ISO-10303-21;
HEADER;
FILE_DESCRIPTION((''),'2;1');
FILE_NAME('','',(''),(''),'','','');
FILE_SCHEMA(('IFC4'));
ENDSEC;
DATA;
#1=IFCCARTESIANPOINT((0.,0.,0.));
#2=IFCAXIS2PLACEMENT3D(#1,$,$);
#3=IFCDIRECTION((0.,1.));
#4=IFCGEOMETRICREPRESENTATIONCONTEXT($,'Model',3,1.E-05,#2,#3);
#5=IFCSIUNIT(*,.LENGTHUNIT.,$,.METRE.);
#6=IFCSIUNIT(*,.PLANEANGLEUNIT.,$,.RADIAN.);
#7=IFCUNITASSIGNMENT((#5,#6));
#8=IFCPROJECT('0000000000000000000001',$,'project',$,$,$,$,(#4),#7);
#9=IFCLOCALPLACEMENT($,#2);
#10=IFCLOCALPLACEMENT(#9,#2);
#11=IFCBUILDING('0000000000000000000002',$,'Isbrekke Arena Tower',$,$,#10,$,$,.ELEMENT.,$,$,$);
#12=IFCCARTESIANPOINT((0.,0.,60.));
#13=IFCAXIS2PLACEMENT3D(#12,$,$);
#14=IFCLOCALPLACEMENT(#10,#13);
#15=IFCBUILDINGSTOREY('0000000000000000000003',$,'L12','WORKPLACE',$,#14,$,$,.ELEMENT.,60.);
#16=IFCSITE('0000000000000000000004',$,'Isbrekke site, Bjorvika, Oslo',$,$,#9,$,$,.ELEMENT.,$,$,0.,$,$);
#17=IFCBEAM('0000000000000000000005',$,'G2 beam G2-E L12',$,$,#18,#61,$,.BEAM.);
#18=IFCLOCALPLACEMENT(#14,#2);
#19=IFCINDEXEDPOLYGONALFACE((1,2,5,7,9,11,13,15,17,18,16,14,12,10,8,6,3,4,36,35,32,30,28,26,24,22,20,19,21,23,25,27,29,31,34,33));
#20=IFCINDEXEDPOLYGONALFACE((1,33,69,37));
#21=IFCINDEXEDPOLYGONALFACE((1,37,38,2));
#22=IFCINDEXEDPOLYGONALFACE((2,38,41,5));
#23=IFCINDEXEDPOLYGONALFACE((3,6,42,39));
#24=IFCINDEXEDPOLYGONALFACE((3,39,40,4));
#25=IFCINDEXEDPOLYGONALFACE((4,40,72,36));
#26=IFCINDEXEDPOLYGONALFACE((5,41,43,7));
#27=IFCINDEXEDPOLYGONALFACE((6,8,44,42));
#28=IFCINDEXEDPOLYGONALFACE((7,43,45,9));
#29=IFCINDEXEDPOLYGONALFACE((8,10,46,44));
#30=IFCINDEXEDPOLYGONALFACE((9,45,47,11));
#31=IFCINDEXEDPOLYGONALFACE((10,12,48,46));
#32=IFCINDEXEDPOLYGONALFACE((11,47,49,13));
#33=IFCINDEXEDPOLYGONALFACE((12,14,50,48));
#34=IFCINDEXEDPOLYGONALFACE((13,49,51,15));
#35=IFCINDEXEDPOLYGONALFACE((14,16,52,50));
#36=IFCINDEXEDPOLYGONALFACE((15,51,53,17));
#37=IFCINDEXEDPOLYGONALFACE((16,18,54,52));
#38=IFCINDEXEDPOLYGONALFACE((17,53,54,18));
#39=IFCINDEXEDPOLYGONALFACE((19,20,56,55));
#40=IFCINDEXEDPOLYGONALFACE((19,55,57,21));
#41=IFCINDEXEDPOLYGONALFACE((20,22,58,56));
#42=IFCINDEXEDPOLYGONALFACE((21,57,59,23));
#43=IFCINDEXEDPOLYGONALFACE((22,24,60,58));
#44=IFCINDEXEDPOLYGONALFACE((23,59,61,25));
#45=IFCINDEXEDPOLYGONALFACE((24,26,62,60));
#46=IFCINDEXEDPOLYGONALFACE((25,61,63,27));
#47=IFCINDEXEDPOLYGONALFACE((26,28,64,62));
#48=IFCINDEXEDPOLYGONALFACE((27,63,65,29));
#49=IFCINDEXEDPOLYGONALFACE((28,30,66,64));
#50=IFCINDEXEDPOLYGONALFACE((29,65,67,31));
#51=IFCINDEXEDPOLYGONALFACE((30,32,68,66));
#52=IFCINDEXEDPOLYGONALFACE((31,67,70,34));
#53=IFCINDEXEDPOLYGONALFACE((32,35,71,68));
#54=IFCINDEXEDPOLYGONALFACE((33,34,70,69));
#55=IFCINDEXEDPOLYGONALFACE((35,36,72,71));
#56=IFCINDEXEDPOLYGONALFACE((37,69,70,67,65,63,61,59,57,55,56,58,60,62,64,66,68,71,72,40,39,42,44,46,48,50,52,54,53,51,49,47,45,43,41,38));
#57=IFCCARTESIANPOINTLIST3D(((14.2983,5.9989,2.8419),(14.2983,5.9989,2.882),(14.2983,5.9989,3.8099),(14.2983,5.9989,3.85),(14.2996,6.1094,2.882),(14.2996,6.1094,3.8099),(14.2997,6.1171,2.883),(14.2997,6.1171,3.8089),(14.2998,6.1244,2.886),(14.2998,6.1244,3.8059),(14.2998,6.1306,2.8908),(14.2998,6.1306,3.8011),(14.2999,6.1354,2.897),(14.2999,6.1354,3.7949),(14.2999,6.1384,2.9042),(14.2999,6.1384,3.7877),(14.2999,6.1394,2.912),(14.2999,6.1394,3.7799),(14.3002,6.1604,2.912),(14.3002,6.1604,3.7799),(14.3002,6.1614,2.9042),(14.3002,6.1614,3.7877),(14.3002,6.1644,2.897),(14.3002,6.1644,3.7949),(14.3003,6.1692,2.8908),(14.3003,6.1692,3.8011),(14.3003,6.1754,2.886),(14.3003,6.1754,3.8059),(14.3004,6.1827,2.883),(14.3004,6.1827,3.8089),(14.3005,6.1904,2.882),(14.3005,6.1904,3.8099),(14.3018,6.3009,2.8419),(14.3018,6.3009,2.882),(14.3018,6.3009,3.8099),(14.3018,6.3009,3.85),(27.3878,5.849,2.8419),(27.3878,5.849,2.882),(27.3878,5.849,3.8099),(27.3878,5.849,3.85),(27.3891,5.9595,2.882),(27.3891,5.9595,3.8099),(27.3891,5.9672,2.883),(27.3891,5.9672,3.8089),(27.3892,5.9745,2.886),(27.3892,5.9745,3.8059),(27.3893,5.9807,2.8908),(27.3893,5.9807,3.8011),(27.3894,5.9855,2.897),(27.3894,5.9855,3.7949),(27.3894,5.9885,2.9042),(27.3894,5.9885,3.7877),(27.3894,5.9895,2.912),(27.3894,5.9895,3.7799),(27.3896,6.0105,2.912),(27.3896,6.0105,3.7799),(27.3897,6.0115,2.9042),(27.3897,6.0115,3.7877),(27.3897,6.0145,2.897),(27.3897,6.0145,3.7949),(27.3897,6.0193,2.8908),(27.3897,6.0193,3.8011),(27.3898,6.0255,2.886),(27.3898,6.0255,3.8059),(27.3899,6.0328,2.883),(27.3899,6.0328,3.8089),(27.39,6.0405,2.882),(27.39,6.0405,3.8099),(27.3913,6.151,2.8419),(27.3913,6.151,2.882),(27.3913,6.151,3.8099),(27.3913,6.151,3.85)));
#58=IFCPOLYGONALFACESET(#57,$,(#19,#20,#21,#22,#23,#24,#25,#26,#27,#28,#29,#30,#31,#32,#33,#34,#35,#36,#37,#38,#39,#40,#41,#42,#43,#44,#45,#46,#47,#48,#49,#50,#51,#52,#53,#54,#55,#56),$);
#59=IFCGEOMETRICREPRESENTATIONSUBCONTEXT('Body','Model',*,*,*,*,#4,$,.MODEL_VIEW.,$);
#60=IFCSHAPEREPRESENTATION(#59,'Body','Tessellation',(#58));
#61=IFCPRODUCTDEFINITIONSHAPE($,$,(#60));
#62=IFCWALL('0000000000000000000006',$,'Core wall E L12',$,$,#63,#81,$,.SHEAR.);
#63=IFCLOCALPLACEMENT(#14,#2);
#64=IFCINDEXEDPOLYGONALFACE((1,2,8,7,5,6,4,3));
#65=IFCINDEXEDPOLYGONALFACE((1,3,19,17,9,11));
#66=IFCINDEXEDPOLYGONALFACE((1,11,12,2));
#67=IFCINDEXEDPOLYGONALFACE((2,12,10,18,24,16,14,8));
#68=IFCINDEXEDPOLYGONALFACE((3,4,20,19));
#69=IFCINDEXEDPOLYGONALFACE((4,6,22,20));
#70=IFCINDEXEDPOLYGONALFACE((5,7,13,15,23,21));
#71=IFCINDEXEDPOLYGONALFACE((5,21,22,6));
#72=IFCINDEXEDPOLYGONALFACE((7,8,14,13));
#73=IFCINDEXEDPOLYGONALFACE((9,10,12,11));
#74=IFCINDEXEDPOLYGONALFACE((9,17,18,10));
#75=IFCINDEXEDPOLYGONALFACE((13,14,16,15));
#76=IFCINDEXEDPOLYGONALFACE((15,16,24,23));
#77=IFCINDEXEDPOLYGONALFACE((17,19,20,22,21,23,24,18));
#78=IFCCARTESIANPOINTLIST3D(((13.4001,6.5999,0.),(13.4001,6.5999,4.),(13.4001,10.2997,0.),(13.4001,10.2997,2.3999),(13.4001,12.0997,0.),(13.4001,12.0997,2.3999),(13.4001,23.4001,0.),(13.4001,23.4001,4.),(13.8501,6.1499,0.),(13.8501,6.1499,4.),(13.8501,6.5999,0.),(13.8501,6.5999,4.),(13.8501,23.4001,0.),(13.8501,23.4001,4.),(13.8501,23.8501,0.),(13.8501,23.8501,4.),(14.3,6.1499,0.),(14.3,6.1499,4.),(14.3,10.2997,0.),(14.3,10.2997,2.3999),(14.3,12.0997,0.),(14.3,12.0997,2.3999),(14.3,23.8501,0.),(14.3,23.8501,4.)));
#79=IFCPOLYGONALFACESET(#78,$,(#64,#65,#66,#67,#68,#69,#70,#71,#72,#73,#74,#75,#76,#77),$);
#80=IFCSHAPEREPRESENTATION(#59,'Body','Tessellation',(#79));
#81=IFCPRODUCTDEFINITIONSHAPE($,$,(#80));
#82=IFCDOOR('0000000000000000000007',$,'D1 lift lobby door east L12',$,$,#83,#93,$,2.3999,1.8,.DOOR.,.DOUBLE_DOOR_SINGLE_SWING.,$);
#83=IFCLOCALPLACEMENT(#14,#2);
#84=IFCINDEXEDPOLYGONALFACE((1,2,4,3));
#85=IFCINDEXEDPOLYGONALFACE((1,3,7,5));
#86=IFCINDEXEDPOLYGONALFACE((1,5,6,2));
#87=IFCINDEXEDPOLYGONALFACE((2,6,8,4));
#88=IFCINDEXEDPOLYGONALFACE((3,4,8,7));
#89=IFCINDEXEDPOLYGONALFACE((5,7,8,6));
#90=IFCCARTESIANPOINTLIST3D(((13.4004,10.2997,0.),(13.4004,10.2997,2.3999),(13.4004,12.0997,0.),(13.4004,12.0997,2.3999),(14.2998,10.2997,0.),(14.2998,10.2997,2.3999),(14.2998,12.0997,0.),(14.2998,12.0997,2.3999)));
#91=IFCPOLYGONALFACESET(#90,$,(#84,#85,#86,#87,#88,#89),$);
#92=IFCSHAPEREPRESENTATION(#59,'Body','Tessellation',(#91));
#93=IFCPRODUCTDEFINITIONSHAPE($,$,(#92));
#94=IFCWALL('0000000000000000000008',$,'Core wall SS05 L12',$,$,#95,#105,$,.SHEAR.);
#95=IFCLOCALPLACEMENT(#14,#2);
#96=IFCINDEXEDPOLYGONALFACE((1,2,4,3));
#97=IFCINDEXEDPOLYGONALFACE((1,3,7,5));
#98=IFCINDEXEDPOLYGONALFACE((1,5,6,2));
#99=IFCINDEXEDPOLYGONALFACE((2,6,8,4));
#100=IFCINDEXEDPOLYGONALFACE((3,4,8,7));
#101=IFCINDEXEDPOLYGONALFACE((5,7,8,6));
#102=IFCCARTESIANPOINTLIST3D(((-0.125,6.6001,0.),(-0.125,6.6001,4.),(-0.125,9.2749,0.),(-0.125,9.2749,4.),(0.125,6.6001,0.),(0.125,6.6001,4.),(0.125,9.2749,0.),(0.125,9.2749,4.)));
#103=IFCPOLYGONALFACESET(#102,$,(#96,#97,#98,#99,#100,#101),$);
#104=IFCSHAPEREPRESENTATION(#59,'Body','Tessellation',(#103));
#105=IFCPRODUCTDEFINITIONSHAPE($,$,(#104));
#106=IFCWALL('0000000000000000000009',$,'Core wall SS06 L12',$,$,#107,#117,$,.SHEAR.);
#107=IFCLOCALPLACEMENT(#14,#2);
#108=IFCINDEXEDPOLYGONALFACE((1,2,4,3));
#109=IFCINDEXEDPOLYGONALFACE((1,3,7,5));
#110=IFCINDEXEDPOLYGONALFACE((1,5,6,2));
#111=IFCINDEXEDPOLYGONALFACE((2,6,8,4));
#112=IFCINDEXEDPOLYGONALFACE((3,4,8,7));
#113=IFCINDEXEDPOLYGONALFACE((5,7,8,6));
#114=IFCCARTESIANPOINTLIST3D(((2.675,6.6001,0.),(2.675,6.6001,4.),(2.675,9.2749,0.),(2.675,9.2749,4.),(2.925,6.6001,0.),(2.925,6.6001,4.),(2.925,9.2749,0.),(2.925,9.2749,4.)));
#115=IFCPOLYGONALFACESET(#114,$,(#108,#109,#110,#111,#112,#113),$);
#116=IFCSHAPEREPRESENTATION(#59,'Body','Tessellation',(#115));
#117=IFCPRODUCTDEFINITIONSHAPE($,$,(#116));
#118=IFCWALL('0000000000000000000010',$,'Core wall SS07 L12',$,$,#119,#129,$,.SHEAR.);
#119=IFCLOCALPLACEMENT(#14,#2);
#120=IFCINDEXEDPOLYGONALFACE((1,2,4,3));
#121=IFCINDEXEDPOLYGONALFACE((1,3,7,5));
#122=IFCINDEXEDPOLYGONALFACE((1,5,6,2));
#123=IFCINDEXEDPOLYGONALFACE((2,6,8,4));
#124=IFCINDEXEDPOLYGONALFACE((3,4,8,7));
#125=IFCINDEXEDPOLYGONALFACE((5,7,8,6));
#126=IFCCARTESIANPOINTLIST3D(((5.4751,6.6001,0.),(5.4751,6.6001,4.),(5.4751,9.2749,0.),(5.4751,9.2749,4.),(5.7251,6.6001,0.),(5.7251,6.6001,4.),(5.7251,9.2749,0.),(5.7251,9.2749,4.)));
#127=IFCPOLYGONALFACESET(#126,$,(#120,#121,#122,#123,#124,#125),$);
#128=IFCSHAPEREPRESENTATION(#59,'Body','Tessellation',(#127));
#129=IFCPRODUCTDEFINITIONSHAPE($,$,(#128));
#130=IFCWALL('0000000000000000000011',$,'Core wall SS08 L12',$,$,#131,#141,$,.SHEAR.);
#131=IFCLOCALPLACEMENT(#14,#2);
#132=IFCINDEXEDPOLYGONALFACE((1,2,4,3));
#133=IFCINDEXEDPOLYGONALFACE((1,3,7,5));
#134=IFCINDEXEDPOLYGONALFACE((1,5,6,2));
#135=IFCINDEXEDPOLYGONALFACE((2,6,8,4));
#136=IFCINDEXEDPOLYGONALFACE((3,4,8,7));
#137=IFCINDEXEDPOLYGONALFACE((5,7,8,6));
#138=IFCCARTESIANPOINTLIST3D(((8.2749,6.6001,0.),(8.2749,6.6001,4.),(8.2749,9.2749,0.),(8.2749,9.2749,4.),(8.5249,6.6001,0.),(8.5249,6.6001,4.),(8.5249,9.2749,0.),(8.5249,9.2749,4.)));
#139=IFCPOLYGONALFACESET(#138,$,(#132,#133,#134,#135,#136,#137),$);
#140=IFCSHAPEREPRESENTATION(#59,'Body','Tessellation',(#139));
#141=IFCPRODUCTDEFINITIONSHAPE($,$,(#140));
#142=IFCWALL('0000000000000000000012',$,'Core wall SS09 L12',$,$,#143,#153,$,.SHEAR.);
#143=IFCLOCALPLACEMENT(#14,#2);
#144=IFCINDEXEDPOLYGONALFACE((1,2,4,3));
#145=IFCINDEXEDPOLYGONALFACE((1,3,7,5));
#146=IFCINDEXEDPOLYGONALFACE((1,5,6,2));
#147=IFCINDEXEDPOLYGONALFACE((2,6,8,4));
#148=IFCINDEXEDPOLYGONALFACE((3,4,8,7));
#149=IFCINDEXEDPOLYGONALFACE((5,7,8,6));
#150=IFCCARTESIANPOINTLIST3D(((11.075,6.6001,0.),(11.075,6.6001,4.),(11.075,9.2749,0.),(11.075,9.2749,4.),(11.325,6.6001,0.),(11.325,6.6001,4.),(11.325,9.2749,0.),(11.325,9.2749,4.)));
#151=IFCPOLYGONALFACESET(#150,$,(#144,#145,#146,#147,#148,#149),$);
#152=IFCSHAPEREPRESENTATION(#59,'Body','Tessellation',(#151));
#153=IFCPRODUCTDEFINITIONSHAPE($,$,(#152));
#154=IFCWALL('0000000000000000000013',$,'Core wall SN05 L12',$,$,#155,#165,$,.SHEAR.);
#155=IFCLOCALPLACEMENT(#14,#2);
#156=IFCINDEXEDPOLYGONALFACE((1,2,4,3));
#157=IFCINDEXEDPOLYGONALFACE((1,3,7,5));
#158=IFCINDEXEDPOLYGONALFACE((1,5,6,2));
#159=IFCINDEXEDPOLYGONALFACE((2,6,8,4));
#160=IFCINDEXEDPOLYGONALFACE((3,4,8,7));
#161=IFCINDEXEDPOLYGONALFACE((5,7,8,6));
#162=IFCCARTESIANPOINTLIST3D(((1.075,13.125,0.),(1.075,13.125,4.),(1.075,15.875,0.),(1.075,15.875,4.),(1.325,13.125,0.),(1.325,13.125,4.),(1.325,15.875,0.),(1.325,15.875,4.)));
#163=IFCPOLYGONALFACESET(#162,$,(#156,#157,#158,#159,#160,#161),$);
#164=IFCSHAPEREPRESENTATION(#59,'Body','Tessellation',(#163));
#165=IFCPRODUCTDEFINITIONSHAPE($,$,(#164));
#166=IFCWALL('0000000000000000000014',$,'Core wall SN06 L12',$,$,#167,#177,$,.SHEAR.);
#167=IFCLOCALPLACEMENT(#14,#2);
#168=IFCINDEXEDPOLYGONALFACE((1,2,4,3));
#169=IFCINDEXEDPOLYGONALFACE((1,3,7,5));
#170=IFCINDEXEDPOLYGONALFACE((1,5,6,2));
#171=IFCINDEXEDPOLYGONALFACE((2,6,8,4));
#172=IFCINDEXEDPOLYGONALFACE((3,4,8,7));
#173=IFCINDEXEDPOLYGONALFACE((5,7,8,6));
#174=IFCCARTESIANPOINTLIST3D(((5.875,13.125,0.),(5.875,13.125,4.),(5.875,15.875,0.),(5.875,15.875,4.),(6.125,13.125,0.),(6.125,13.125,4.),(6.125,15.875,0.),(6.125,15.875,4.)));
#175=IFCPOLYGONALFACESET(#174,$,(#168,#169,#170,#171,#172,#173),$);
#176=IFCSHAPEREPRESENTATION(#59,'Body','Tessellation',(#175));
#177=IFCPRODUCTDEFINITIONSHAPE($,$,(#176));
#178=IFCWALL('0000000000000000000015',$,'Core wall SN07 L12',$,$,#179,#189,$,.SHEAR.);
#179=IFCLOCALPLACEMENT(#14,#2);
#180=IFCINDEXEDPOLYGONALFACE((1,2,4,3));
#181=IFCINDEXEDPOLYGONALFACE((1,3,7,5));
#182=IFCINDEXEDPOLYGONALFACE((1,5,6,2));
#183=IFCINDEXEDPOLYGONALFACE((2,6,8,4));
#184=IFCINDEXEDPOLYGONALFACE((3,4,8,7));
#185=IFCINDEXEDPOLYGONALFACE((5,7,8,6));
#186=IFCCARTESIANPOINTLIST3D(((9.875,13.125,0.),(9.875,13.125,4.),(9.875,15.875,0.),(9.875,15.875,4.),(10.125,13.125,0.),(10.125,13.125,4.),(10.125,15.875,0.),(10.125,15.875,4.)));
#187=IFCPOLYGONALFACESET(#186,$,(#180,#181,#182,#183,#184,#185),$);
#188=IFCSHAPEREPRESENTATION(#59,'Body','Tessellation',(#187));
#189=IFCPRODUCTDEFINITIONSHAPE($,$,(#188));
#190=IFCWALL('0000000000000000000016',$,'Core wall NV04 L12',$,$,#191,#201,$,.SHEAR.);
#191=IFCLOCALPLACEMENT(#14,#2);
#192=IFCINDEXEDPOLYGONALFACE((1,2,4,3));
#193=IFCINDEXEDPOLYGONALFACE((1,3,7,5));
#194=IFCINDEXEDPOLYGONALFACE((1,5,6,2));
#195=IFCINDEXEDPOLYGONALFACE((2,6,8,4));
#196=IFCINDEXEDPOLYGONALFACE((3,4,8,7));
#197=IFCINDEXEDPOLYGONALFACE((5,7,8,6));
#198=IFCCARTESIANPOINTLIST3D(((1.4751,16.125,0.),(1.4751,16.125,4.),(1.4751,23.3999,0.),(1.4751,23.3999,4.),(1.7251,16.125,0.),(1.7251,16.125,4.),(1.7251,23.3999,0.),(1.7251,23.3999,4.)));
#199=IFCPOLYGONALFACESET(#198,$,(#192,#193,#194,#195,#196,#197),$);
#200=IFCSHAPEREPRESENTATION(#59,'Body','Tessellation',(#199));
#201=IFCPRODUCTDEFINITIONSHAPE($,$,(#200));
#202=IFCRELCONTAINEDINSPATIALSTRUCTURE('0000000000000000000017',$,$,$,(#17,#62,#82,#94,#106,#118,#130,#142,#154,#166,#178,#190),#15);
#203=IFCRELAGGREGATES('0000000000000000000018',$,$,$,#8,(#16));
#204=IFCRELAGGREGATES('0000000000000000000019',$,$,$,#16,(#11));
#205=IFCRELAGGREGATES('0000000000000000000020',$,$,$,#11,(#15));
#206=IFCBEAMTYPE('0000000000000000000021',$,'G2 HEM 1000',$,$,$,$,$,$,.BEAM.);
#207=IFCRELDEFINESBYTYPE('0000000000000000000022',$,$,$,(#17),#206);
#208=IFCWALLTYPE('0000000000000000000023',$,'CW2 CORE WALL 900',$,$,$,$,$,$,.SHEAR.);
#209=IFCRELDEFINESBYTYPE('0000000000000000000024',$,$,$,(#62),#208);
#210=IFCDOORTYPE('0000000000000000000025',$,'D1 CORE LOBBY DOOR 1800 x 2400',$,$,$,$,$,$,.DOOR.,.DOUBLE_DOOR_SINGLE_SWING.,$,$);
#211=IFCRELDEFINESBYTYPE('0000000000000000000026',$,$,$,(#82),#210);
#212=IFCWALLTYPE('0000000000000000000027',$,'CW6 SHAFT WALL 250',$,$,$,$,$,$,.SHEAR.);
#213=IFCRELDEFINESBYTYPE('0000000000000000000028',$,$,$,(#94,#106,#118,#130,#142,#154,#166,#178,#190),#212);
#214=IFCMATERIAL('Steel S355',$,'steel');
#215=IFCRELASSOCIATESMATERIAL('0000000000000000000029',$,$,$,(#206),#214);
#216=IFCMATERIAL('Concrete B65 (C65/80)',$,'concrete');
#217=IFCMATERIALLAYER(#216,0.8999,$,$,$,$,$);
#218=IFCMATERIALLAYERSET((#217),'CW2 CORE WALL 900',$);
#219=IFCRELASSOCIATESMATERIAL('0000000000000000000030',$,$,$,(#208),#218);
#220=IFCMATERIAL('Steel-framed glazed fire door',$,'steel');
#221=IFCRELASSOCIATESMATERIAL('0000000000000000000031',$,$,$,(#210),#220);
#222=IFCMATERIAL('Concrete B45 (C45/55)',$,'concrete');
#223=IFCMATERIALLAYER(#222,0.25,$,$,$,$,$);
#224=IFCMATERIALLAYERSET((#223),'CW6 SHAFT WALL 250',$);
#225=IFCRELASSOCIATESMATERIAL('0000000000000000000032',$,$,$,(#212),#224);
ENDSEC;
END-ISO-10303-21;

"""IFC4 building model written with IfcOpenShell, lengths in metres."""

from ifc_helpers import new_model, si_unit, direction, frame, frame_2d, origin, origin_2d, place, context, subcontext, project, spatial, polyline, rectangle, i_section, outline, extrude, material, layer, layer_set, material_profile, profile_set, type_object, element, fill, save


model = new_model("IFC4")

# Units and contexts
model_context = context("Model", 3, precision=1e-05, world=origin(), true_north=direction((0.0, 1.0)))
body_context = subcontext(model_context, "Body", "Model", "MODEL_VIEW")
ifc_project = project(units=[si_unit("LENGTHUNIT", "METRE"), si_unit("PLANEANGLEUNIT", "RADIAN")], contexts=[model_context])

# Site, building, storey
site_placement = place(None, origin())
site = spatial("IfcSite", under=ifc_project, at=site_placement, Name="Isbrekke site, Bjorvika, Oslo", CompositionType="ELEMENT", RefElevation=0.0)
building_placement = place(site_placement, origin())
building = spatial("IfcBuilding", under=site, at=building_placement, Name="Isbrekke Arena Tower", CompositionType="ELEMENT")
storey_placement = place(building_placement, frame((0.0, 0.0, 60.0)))
storey = spatial("IfcBuildingStorey", under=building, at=storey_placement, Name="L12", Description="WORKPLACE", CompositionType="ELEMENT", Elevation=60.0)

# Beam
ifc_material_1 = material(Name="Steel S355", Category="steel")
ifc_material_profile = material_profile(ifc_material_1, i_section(OverallWidth=0.302, OverallDepth=1.0081, WebThickness=0.021, FlangeThickness=0.04, FilletRadius=0.03, at=origin_2d()), Name="HEM 1000")
ifc_profile_set = profile_set([ifc_material_profile], Name="Steel S355")
beam_type = type_object("IfcBeamType", Name="G2 HEM 1000", PredefinedType="BEAM", material=ifc_profile_set)
beam_placement = place(storey_placement, frame((14.3, 6.1499, 3.3459), z_axis=(0.999934, -0.011451, 0.0), x_axis=(0.011451, 0.999934, 0.0)))
element("IfcBeam", 1, at=beam_placement, inside=storey, type_object=beam_type, Name="G2 beam G2-E L12", PredefinedType="BEAM", context=body_context, shape_type="SweptSolid", body=[
    extrude(i_section(OverallWidth=0.302, OverallDepth=1.0081, WebThickness=0.021, FlangeThickness=0.04, FilletRadius=0.03, at=origin_2d()), origin(), (0.0, 0.0, 1.0), 13.0903),
])

# Wall, opening, door
ifc_material_2 = material(Name="Concrete B65 (C65/80)", Category="concrete")
ifc_layer_1 = layer(ifc_material_2, 0.8999)
ifc_layer_set_1 = layer_set([ifc_layer_1], Name="CW2 CORE WALL 900")
wall_type_1 = type_object("IfcWallType", Name="CW2 CORE WALL 900", PredefinedType="SHEAR", material=ifc_layer_set_1)
wall_1_placement = place(storey_placement, frame((13.8501, 6.1499, 0.0), z_axis=(0.0, 0.0, 1.0), x_axis=(0.0, 1.0, 0.0)))
wall_1 = element("IfcWall", 2, at=wall_1_placement, inside=storey, type_object=wall_type_1, Name="Core wall E L12", PredefinedType="SHEAR", context=body_context, shape_type="SweptSolid", body=[
    extrude(outline(polyline([(0.0, -0.45), (17.7002, -0.45), (17.7002, 0.0), (17.2502, 0.0), (17.2502, 0.45), (0.45, 0.45), (0.45, 0.0), (0.0, 0.0), (0.0, -0.45)])), origin(), (0.0, 0.0, 1.0), 4.0),
])
opening_1_placement = place(wall_1_placement, frame((4.1499, 0.0, 0.0)))
opening_1 = element("IfcOpeningElement", 3, at=opening_1_placement, cuts=wall_1, PredefinedType="OPENING", context=body_context, shape_type="SweptSolid", body=[
    extrude(rectangle(XDim=1.8, YDim=2.3999, at=frame_2d((0.8999, 1.2))), frame((0.0, 0.4648, 0.0), z_axis=(0.0, -1.0, 0.0), x_axis=(1.0, 0.0, 0.0)), (0.0, 0.0, 1.0), 0.9297),
])
ifc_material_3 = material(Name="Steel-framed glazed fire door", Category="steel")
door_type_1 = type_object("IfcDoorType", Name="D1 CORE LOBBY DOOR 1800 x 2400", OperationType="DOUBLE_DOOR_SINGLE_SWING", PredefinedType="DOOR", material=ifc_material_3)
door_1_placement = place(opening_1_placement, origin())
door_1 = element("IfcDoor", 4, at=door_1_placement, inside=storey, type_object=door_type_1, Name="D1 lift lobby door east L12", OperationType="DOUBLE_DOOR_SINGLE_SWING", OverallHeight=2.3999, OverallWidth=1.8, PredefinedType="DOOR", context=body_context, shape_type="SweptSolid", body=[
    extrude(rectangle(XDim=1.8, YDim=2.3999, at=frame_2d((0.8999, 1.2))), frame((0.0, 0.4497, 0.0), z_axis=(0.0, -1.0, 0.0), x_axis=(1.0, 0.0, 0.0)), (0.0, 0.0, 1.0), 0.8994),
])
fill(opening_1, door_1)

# Walls
ifc_material_4 = material(Name="Concrete B45 (C45/55)", Category="concrete")
ifc_layer_2 = layer(ifc_material_4, 0.25)
ifc_layer_set_2 = layer_set([ifc_layer_2], Name="CW6 SHAFT WALL 250")
wall_type_2 = type_object("IfcWallType", Name="CW6 SHAFT WALL 250", PredefinedType="SHEAR", material=ifc_layer_set_2)
for number, where, z_axis, x_axis, name in (
    (5, (0.0, 6.6001, 0.0), (0.0, 0.0, 1.0), (0.0, 1.0, 0.0), "Core wall SS05 L12"),
    (6, (2.8, 6.6001, 0.0), (0.0, 0.0, 1.0), (0.0, 1.0, 0.0), "Core wall SS06 L12"),
    (7, (5.6001, 6.6001, 0.0), (0.0, 0.0, 1.0), (0.0, 1.0, 0.0), "Core wall SS07 L12"),
    (8, (8.3999, 6.6001, 0.0), (0.0, 0.0, 1.0), (0.0, 1.0, 0.0), "Core wall SS08 L12"),
    (9, (11.2, 6.6001, 0.0), (0.0, 0.0, 1.0), (0.0, 1.0, 0.0), "Core wall SS09 L12"),
):
    element("IfcWall", number, at=place(storey_placement, frame(where, z_axis=z_axis, x_axis=x_axis)), inside=storey, type_object=wall_type_2, Name=name, PredefinedType="SHEAR", context=body_context, shape_type="SweptSolid", body=[
        extrude(rectangle(XDim=2.6748, YDim=0.25, at=frame_2d((1.3374, 0.0))), origin(), (0.0, 0.0, 1.0), 4.0),
    ])
for number, where, z_axis, x_axis, name in (
    (10, (1.2, 13.125, 0.0), (0.0, 0.0, 1.0), (0.0, 1.0, 0.0), "Core wall SN05 L12"),
    (11, (6.0, 13.125, 0.0), (0.0, 0.0, 1.0), (0.0, 1.0, 0.0), "Core wall SN06 L12"),
    (12, (10.0, 13.125, 0.0), (0.0, 0.0, 1.0), (0.0, 1.0, 0.0), "Core wall SN07 L12"),
):
    element("IfcWall", number, at=place(storey_placement, frame(where, z_axis=z_axis, x_axis=x_axis)), inside=storey, type_object=wall_type_2, Name=name, PredefinedType="SHEAR", context=body_context, shape_type="SweptSolid", body=[
        extrude(rectangle(XDim=2.75, YDim=0.25, at=frame_2d((1.375, 0.0))), origin(), (0.0, 0.0, 1.0), 4.0),
    ])
for number, where, z_axis, x_axis, name in (
    (13, (1.6001, 16.125, 0.0), (0.0, 0.0, 1.0), (0.0, 1.0, 0.0), "Core wall NV04 L12"),
):
    element("IfcWall", number, at=place(storey_placement, frame(where, z_axis=z_axis, x_axis=x_axis)), inside=storey, type_object=wall_type_2, Name=name, PredefinedType="SHEAR", context=body_context, shape_type="SweptSolid", body=[
        extrude(rectangle(XDim=7.2749, YDim=0.25, at=frame_2d((3.6375, 0.0))), origin(), (0.0, 0.0, 1.0), 4.0),
    ])

save(model, "model.ifc")
